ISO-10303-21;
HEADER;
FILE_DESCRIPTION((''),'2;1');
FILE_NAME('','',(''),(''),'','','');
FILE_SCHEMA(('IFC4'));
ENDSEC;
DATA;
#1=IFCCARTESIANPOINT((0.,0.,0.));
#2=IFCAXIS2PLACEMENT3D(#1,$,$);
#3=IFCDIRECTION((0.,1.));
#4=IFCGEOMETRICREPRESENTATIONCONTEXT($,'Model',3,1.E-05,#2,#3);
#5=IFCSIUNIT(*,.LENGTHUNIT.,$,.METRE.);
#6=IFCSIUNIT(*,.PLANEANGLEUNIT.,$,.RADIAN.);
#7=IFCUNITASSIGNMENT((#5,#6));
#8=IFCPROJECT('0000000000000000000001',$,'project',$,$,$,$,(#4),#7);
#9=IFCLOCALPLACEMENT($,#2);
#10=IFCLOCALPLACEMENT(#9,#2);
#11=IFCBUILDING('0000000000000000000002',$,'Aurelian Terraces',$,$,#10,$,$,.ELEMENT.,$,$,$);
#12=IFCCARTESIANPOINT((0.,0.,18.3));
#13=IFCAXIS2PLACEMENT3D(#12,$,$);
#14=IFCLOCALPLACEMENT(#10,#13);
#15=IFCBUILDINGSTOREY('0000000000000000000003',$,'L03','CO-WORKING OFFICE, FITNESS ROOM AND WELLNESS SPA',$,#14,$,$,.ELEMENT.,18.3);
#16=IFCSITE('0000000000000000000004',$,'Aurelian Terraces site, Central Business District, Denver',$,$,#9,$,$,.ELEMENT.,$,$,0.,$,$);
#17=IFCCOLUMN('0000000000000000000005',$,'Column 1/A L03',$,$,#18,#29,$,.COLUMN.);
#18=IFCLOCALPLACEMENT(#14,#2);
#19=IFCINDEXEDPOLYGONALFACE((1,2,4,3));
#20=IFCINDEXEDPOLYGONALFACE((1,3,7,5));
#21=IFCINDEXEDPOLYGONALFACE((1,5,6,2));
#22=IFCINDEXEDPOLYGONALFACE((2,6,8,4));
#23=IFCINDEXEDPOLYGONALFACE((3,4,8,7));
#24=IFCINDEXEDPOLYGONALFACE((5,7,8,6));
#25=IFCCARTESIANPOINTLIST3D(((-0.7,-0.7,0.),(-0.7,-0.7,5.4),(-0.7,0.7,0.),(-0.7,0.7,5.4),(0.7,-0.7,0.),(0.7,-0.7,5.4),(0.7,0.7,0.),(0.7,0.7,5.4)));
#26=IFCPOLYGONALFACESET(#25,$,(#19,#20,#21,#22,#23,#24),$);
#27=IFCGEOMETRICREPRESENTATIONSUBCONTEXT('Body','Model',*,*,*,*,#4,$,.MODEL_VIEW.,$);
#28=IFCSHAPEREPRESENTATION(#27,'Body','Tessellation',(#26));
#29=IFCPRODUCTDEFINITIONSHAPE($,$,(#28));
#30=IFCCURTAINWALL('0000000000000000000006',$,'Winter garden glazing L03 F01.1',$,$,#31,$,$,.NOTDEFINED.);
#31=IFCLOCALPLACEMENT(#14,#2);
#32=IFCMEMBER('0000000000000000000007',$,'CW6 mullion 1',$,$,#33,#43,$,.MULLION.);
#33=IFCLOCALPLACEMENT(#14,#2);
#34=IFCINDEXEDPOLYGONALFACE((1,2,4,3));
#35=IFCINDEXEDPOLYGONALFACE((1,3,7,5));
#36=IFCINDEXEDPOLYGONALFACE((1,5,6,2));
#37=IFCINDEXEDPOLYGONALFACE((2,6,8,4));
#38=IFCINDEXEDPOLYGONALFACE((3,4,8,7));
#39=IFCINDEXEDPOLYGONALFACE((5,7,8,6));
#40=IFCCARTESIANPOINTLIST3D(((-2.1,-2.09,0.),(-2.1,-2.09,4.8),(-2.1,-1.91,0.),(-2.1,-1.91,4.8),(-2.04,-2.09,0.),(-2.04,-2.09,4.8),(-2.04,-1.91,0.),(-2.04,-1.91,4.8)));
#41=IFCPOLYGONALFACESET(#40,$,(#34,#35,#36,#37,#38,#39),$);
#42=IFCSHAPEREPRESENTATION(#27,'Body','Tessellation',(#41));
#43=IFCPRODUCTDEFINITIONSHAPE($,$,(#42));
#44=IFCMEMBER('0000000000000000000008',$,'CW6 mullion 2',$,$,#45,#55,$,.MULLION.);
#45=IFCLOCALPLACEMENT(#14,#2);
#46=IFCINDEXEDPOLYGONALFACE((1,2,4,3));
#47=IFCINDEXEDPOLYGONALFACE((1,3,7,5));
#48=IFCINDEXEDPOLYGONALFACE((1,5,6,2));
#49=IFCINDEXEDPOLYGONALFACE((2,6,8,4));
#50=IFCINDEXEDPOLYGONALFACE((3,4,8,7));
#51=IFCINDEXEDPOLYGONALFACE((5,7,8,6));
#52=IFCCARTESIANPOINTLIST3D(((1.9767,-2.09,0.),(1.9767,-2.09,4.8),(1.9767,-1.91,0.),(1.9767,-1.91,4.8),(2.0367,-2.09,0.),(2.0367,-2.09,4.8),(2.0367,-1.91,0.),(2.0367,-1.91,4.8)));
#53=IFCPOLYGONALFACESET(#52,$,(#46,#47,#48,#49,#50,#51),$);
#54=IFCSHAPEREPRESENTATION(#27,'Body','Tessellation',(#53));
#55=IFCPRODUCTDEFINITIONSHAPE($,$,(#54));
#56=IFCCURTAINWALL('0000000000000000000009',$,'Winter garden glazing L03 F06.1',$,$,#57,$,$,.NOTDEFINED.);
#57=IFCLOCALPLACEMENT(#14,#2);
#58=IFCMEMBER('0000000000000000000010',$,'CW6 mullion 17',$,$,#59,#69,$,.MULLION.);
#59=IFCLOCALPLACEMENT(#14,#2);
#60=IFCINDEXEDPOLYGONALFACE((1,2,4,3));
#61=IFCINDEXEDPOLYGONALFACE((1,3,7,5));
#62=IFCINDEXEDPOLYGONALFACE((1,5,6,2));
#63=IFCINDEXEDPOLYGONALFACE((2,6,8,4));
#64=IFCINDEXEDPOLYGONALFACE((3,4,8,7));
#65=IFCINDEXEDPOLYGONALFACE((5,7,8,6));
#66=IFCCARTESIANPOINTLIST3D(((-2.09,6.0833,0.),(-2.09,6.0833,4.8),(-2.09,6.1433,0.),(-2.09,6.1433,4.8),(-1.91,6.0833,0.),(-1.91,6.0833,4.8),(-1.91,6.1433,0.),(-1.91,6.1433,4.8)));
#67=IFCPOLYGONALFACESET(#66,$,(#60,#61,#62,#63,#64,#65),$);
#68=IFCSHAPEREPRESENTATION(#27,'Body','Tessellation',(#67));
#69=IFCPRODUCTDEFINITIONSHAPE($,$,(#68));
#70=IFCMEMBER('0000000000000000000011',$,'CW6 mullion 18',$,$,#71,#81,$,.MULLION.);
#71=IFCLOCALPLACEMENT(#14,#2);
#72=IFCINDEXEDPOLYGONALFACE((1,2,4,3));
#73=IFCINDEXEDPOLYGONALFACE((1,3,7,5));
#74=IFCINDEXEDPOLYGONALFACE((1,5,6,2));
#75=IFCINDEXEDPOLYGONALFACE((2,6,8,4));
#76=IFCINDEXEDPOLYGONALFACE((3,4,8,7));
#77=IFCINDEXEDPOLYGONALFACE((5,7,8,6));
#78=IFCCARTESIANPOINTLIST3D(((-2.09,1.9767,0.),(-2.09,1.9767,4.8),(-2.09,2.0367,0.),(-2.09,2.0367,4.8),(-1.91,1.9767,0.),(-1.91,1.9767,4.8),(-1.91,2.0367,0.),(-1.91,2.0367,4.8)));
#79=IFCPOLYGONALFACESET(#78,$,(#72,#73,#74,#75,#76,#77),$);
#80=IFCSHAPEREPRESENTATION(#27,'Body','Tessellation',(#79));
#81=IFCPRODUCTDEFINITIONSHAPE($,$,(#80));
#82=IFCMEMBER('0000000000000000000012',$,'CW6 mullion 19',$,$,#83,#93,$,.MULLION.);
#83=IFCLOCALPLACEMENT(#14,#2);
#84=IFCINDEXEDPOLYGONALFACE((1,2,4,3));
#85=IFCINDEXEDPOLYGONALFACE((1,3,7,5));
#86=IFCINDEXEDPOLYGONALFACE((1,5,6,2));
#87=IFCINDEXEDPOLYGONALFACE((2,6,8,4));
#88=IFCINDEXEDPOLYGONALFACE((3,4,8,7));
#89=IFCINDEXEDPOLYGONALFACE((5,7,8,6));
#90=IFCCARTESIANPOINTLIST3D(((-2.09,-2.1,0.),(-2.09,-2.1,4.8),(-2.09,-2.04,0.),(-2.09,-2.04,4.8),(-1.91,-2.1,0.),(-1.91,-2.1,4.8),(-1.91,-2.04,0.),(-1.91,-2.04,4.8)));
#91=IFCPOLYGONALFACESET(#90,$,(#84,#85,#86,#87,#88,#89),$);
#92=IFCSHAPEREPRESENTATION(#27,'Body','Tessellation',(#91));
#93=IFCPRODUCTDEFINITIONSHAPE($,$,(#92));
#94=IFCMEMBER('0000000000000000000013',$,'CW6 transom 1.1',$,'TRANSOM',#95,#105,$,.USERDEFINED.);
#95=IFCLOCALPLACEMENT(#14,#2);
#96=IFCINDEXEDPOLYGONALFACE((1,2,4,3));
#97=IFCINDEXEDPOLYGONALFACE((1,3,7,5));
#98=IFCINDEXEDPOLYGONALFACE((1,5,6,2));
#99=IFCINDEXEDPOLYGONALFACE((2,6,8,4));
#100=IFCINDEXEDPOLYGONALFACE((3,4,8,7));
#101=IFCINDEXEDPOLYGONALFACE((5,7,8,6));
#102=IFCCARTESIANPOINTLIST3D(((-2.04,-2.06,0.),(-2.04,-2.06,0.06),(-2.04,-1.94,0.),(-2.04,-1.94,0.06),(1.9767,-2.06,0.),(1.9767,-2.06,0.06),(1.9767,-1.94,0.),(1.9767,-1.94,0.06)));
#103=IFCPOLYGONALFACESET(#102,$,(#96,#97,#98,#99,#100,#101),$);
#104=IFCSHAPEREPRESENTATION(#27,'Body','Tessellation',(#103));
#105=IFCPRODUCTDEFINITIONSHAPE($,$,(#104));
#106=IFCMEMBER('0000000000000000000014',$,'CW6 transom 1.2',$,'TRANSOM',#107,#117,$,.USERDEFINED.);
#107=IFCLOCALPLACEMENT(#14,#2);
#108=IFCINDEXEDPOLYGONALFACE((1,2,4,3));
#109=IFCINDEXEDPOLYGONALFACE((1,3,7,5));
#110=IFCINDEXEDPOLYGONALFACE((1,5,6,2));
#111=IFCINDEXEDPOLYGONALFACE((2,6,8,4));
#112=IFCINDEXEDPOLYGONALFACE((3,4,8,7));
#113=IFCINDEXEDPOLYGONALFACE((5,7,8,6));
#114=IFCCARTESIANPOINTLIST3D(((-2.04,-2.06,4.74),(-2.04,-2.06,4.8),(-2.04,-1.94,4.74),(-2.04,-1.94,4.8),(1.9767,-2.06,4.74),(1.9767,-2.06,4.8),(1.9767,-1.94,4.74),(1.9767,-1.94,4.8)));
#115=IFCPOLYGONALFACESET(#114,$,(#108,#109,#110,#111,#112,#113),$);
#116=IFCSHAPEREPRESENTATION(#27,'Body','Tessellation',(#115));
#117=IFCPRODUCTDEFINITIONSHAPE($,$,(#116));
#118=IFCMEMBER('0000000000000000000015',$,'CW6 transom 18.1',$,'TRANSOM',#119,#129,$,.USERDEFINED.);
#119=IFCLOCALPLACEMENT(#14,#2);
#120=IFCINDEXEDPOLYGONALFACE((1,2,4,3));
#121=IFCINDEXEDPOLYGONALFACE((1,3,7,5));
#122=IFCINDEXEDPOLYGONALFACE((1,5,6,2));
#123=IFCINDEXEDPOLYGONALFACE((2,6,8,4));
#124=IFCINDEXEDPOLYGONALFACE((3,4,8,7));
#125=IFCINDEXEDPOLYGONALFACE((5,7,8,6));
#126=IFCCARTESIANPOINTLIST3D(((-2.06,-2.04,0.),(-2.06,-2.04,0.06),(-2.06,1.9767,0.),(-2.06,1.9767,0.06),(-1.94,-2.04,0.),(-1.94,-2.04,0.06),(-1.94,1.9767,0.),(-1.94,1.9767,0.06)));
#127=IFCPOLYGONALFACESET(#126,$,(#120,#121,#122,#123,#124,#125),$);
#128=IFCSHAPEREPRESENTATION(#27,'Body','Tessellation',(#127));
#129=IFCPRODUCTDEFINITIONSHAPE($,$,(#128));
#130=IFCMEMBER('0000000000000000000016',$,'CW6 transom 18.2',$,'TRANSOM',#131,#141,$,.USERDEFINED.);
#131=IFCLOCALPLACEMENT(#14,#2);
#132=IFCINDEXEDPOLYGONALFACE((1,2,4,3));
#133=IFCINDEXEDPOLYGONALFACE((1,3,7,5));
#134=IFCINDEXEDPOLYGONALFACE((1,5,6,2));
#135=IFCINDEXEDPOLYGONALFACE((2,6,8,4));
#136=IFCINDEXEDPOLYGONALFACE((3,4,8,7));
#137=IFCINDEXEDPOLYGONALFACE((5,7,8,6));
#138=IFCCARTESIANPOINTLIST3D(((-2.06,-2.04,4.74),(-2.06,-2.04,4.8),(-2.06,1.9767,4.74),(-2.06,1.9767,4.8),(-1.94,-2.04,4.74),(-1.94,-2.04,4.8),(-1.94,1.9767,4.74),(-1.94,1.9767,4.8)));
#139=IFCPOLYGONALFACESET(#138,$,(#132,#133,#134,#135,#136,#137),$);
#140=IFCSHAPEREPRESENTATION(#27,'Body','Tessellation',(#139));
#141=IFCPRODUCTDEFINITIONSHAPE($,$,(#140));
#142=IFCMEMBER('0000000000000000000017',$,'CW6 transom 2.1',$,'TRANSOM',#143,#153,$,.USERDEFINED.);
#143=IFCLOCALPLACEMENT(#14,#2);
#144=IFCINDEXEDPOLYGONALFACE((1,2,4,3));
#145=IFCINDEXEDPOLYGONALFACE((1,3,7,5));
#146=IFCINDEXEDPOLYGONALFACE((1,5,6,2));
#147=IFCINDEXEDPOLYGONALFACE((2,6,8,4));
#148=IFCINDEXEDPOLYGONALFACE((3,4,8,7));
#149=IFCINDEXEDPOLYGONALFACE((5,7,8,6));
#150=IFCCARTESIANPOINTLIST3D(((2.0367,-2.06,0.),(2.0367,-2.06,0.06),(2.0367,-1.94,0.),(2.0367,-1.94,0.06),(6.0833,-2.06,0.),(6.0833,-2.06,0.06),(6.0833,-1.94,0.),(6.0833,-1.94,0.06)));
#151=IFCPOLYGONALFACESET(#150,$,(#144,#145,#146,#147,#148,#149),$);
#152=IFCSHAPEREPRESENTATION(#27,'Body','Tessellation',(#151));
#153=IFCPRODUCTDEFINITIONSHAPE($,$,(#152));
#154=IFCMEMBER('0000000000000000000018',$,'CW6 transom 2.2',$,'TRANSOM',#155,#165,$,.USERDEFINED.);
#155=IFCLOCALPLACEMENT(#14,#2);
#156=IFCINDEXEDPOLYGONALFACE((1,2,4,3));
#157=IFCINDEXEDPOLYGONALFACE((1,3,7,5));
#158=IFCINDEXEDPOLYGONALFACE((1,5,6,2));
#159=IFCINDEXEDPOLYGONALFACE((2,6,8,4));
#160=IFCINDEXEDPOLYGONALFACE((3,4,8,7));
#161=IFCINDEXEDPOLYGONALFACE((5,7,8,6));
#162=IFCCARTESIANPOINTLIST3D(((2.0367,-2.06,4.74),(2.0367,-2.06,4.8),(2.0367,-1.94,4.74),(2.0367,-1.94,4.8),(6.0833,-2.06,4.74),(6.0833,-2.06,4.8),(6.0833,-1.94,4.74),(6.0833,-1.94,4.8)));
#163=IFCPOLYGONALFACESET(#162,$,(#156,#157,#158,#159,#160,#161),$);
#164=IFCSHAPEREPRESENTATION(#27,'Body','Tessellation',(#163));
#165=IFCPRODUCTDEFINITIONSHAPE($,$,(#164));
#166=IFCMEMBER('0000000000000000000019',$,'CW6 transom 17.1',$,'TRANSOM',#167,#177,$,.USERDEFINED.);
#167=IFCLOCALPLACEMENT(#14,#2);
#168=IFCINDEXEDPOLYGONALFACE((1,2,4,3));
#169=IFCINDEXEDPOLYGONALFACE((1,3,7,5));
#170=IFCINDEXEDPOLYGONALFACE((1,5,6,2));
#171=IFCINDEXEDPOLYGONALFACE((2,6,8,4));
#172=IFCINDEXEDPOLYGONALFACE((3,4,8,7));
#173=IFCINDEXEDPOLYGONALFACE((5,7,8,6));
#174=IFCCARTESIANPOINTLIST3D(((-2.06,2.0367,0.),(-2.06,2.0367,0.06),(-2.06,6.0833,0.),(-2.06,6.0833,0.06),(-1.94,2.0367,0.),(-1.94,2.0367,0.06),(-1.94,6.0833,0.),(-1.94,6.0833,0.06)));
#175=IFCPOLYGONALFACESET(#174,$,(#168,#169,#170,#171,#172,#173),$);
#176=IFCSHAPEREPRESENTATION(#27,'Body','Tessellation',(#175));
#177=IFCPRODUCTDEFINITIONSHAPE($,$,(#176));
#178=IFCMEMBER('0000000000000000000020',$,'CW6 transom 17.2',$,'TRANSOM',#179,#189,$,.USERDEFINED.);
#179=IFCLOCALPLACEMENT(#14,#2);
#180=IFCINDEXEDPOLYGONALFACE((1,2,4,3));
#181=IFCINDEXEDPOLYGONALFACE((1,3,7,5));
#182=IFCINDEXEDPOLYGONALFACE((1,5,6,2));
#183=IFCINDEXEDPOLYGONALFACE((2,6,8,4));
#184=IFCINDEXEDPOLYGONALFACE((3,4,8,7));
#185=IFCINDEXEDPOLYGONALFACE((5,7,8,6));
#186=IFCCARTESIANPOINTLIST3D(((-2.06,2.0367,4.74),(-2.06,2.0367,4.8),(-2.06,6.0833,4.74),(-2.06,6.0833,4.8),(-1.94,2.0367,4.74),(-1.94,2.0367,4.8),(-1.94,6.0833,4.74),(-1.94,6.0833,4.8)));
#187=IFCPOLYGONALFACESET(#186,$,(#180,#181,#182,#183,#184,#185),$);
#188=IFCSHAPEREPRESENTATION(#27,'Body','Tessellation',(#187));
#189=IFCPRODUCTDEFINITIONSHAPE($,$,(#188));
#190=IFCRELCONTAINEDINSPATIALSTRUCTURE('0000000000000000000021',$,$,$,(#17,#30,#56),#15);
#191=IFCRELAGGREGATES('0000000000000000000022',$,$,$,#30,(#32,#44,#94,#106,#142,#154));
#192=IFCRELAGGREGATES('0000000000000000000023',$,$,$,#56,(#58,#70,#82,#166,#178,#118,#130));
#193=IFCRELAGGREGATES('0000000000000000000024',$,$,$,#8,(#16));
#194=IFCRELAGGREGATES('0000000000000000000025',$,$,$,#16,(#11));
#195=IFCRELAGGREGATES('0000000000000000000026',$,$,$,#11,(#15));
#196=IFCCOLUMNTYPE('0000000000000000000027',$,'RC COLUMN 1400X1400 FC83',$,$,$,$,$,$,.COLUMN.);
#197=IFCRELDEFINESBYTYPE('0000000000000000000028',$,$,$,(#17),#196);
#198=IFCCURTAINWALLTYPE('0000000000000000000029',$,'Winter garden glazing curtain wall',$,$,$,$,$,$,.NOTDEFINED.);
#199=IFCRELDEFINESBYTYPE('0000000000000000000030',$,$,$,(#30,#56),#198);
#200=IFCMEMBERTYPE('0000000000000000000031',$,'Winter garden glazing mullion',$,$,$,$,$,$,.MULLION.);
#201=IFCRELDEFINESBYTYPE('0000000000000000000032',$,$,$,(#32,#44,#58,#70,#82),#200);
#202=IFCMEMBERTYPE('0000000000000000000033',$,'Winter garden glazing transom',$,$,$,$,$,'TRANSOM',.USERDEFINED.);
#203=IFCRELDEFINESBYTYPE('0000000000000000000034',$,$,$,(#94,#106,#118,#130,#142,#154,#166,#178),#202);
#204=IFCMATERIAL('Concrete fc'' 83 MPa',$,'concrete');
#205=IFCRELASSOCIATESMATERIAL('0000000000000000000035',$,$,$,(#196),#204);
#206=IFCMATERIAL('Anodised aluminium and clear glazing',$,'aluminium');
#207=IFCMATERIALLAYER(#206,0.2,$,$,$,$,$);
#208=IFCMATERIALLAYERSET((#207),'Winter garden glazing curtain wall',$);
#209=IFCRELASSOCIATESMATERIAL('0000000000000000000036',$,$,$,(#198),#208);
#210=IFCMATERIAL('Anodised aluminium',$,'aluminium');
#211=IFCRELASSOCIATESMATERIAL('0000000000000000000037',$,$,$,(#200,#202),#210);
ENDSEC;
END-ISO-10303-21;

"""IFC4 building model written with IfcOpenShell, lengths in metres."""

from ifc_helpers import new_model, si_unit, direction, frame, origin, origin_with_axes, origin_2d, place, context, subcontext, project, spatial, rectangle, extrude, source, transform, mapped, material, layer, layer_set, material_profile, profile_set, type_object, element, aggregate, save


model = new_model("IFC4")

# Units and contexts
model_context = context("Model", 3, precision=1e-05, world=origin(), true_north=direction((0.0, 1.0)))
body_context = subcontext(model_context, "Body", "Model", "MODEL_VIEW")
ifc_project = project(units=[si_unit("LENGTHUNIT", "METRE"), si_unit("PLANEANGLEUNIT", "RADIAN")], contexts=[model_context])

# Site, building, storey
site_placement = place(None, origin())
site = spatial("IfcSite", under=ifc_project, at=site_placement, Name="Aurelian Terraces site, Central Business District, Denver", CompositionType="ELEMENT", RefElevation=0.0)
building_placement = place(site_placement, origin())
building = spatial("IfcBuilding", under=site, at=building_placement, Name="Aurelian Terraces", CompositionType="ELEMENT")
storey_placement = place(building_placement, frame((0.0, 0.0, 18.3)))
storey = spatial("IfcBuildingStorey", under=building, at=storey_placement, Name="L03", Description="CO-WORKING OFFICE, FITNESS ROOM AND WELLNESS SPA", CompositionType="ELEMENT", Elevation=18.3)

# Column
ifc_material_1 = material(Name="Concrete fc' 83 MPa", Category="concrete")
ifc_material_profile_1 = material_profile(ifc_material_1, rectangle(XDim=1.4, YDim=1.4, at=origin_2d()))
ifc_profile_set_1 = profile_set([ifc_material_profile_1], Name="Concrete fc' 83 MPa")
column_type = type_object("IfcColumnType", Name="RC COLUMN 1400X1400 FC83", PredefinedType="COLUMN", material=ifc_profile_set_1)
shared_shape_1 = source(origin(), body_context, "Body", "SweptSolid", [
    extrude(rectangle(XDim=1.4, YDim=1.4, at=origin_2d()), origin(), (0.0, 0.0, 1.0), 5.4),
])
column_placement = place(storey_placement, origin_with_axes())
element("IfcColumn", 1, at=column_placement, inside=storey, type_object=column_type, Name="Column 1/A L03", PredefinedType="COLUMN", context=body_context, shape_type="MappedRepresentation", body=[
    mapped(shared_shape_1, transform((0.0, 0.0, 0.0), scale=1.0)),
])

# Curtain walls, members
ifc_material_2 = material(Name="Anodised aluminium and clear glazing", Category="aluminium")
ifc_layer_1 = layer(ifc_material_2, 0.2)
ifc_layer_set_1 = layer_set([ifc_layer_1], Name="Winter garden glazing curtain wall")
curtain_wall_type = type_object("IfcCurtainWallType", Name="Winter garden glazing curtain wall", PredefinedType="NOTDEFINED", material=ifc_layer_set_1)
curtain_wall_1_placement = place(storey_placement, origin())
curtain_wall_1 = element("IfcCurtainWall", 2, at=curtain_wall_1_placement, inside=storey, type_object=curtain_wall_type, Name="Winter garden glazing L03 F01.1", PredefinedType="NOTDEFINED")
ifc_material_3 = material(Name="Anodised aluminium", Category="aluminium")
ifc_material_profile_2 = material_profile(ifc_material_3, rectangle(XDim=0.18, YDim=0.06, at=origin_2d()))
ifc_profile_set_2 = profile_set([ifc_material_profile_2], Name="Anodised aluminium")
member_type_1 = type_object("IfcMemberType", Name="Winter garden glazing mullion", PredefinedType="MULLION", material=ifc_profile_set_2)
shared_shape_2 = source(origin(), body_context, "Body", "SweptSolid", [
    extrude(rectangle(XDim=0.18, YDim=0.06, at=origin_2d()), origin(), (0.0, 0.0, 1.0), 4.8),
])
member_1_placement = place(storey_placement, frame((-2.07, -2.0, 0.0), z_axis=(0.0, 0.0, 1.0), x_axis=(0.0, 1.0, 0.0)))
member_1 = element("IfcMember", 3, at=member_1_placement, type_object=member_type_1, Name="CW6 mullion 1", PredefinedType="MULLION", context=body_context, shape_type="MappedRepresentation", body=[
    mapped(shared_shape_2, transform((0.0, 0.0, 0.0), scale=1.0)),
])
member_2_placement = place(storey_placement, frame((2.0067, -2.0, 0.0), z_axis=(0.0, 0.0, 1.0), x_axis=(0.0, 1.0, 0.0)))
member_2 = element("IfcMember", 4, at=member_2_placement, type_object=member_type_1, Name="CW6 mullion 2", PredefinedType="MULLION", context=body_context, shape_type="MappedRepresentation", body=[
    mapped(shared_shape_2, transform((0.0, 0.0, 0.0), scale=1.0)),
])
curtain_wall_2_placement = place(storey_placement, origin())
curtain_wall_2 = element("IfcCurtainWall", 5, at=curtain_wall_2_placement, inside=storey, type_object=curtain_wall_type, Name="Winter garden glazing L03 F06.1", PredefinedType="NOTDEFINED")
member_3_placement = place(storey_placement, frame((-2.0, 6.1133, 0.0), z_axis=(0.0, 0.0, 1.0), x_axis=(1.0, 0.0, 0.0)))
member_3 = element("IfcMember", 6, at=member_3_placement, type_object=member_type_1, Name="CW6 mullion 17", PredefinedType="MULLION", context=body_context, shape_type="MappedRepresentation", body=[
    mapped(shared_shape_2, transform((0.0, 0.0, 0.0), scale=1.0)),
])
member_4_placement = place(storey_placement, frame((-2.0, 2.0067, 0.0), z_axis=(0.0, 0.0, 1.0), x_axis=(1.0, 0.0, 0.0)))
member_4 = element("IfcMember", 7, at=member_4_placement, type_object=member_type_1, Name="CW6 mullion 18", PredefinedType="MULLION", context=body_context, shape_type="MappedRepresentation", body=[
    mapped(shared_shape_2, transform((0.0, 0.0, 0.0), scale=1.0)),
])
member_5_placement = place(storey_placement, frame((-2.0, -2.07, 0.0), z_axis=(0.0, 0.0, 1.0), x_axis=(1.0, 0.0, 0.0)))
member_5 = element("IfcMember", 8, at=member_5_placement, type_object=member_type_1, Name="CW6 mullion 19", PredefinedType="MULLION", context=body_context, shape_type="MappedRepresentation", body=[
    mapped(shared_shape_2, transform((0.0, 0.0, 0.0), scale=1.0)),
])

# Members
ifc_material_profile_3 = material_profile(ifc_material_3, rectangle(XDim=0.12, YDim=0.06, at=origin_2d()))
ifc_profile_set_3 = profile_set([ifc_material_profile_3], Name="Anodised aluminium")
member_type_2 = type_object("IfcMemberType", Name="Winter garden glazing transom", ElementType="TRANSOM", PredefinedType="USERDEFINED", material=ifc_profile_set_3)
shared_shape_3 = source(origin(), body_context, "Body", "SweptSolid", [
    extrude(rectangle(XDim=0.12, YDim=0.06, at=origin_2d()), origin(), (0.0, 0.0, 1.0), 4.0167),
])
member_6_placement = place(storey_placement, frame((-2.04, -2.0, 0.03), z_axis=(1.0, 0.0, 0.0), x_axis=(0.0, 1.0, 0.0)))
member_6 = element("IfcMember", 9, at=member_6_placement, type_object=member_type_2, Name="CW6 transom 1.1", ObjectType="TRANSOM", PredefinedType="USERDEFINED", context=body_context, shape_type="MappedRepresentation", body=[
    mapped(shared_shape_3, transform((0.0, 0.0, 0.0), scale=1.0)),
])
member_7_placement = place(storey_placement, frame((-2.04, -2.0, 4.77), z_axis=(1.0, 0.0, 0.0), x_axis=(0.0, 1.0, 0.0)))
member_7 = element("IfcMember", 10, at=member_7_placement, type_object=member_type_2, Name="CW6 transom 1.2", ObjectType="TRANSOM", PredefinedType="USERDEFINED", context=body_context, shape_type="MappedRepresentation", body=[
    mapped(shared_shape_3, transform((0.0, 0.0, 0.0), scale=1.0)),
])
member_8_placement = place(storey_placement, frame((-2.0, 1.9767, 0.03), z_axis=(0.0, -1.0, 0.0), x_axis=(1.0, 0.0, 0.0)))
member_8 = element("IfcMember", 11, at=member_8_placement, type_object=member_type_2, Name="CW6 transom 18.1", ObjectType="TRANSOM", PredefinedType="USERDEFINED", context=body_context, shape_type="MappedRepresentation", body=[
    mapped(shared_shape_3, transform((0.0, 0.0, 0.0), scale=1.0)),
])
member_9_placement = place(storey_placement, frame((-2.0, 1.9767, 4.77), z_axis=(0.0, -1.0, 0.0), x_axis=(1.0, 0.0, 0.0)))
member_9 = element("IfcMember", 12, at=member_9_placement, type_object=member_type_2, Name="CW6 transom 18.2", ObjectType="TRANSOM", PredefinedType="USERDEFINED", context=body_context, shape_type="MappedRepresentation", body=[
    mapped(shared_shape_3, transform((0.0, 0.0, 0.0), scale=1.0)),
])
shared_shape_4 = source(origin(), body_context, "Body", "SweptSolid", [
    extrude(rectangle(XDim=0.12, YDim=0.06, at=origin_2d()), origin(), (0.0, 0.0, 1.0), 4.0466),
])
member_10_placement = place(storey_placement, frame((2.0367, -2.0, 0.03), z_axis=(1.0, 0.0, 0.0), x_axis=(0.0, 1.0, 0.0)))
member_10 = element("IfcMember", 13, at=member_10_placement, type_object=member_type_2, Name="CW6 transom 2.1", ObjectType="TRANSOM", PredefinedType="USERDEFINED", context=body_context, shape_type="MappedRepresentation", body=[
    mapped(shared_shape_4, transform((0.0, 0.0, 0.0), scale=1.0)),
])
member_11_placement = place(storey_placement, frame((2.0367, -2.0, 4.77), z_axis=(1.0, 0.0, 0.0), x_axis=(0.0, 1.0, 0.0)))
member_11 = element("IfcMember", 14, at=member_11_placement, type_object=member_type_2, Name="CW6 transom 2.2", ObjectType="TRANSOM", PredefinedType="USERDEFINED", context=body_context, shape_type="MappedRepresentation", body=[
    mapped(shared_shape_4, transform((0.0, 0.0, 0.0), scale=1.0)),
])
member_12_placement = place(storey_placement, frame((-2.0, 6.0833, 0.03), z_axis=(0.0, -1.0, 0.0), x_axis=(1.0, 0.0, 0.0)))
member_12 = element("IfcMember", 15, at=member_12_placement, type_object=member_type_2, Name="CW6 transom 17.1", ObjectType="TRANSOM", PredefinedType="USERDEFINED", context=body_context, shape_type="MappedRepresentation", body=[
    mapped(shared_shape_4, transform((0.0, 0.0, 0.0), scale=1.0)),
])
member_13_placement = place(storey_placement, frame((-2.0, 6.0833, 4.77), z_axis=(0.0, -1.0, 0.0), x_axis=(1.0, 0.0, 0.0)))
member_13 = element("IfcMember", 16, at=member_13_placement, type_object=member_type_2, Name="CW6 transom 17.2", ObjectType="TRANSOM", PredefinedType="USERDEFINED", context=body_context, shape_type="MappedRepresentation", body=[
    mapped(shared_shape_4, transform((0.0, 0.0, 0.0), scale=1.0)),
])

aggregate(curtain_wall_1, [member_1, member_2, member_6, member_7, member_10, member_11])
aggregate(curtain_wall_2, [member_3, member_4, member_5, member_12, member_13, member_8, member_9])

save(model, "model.ifc")
